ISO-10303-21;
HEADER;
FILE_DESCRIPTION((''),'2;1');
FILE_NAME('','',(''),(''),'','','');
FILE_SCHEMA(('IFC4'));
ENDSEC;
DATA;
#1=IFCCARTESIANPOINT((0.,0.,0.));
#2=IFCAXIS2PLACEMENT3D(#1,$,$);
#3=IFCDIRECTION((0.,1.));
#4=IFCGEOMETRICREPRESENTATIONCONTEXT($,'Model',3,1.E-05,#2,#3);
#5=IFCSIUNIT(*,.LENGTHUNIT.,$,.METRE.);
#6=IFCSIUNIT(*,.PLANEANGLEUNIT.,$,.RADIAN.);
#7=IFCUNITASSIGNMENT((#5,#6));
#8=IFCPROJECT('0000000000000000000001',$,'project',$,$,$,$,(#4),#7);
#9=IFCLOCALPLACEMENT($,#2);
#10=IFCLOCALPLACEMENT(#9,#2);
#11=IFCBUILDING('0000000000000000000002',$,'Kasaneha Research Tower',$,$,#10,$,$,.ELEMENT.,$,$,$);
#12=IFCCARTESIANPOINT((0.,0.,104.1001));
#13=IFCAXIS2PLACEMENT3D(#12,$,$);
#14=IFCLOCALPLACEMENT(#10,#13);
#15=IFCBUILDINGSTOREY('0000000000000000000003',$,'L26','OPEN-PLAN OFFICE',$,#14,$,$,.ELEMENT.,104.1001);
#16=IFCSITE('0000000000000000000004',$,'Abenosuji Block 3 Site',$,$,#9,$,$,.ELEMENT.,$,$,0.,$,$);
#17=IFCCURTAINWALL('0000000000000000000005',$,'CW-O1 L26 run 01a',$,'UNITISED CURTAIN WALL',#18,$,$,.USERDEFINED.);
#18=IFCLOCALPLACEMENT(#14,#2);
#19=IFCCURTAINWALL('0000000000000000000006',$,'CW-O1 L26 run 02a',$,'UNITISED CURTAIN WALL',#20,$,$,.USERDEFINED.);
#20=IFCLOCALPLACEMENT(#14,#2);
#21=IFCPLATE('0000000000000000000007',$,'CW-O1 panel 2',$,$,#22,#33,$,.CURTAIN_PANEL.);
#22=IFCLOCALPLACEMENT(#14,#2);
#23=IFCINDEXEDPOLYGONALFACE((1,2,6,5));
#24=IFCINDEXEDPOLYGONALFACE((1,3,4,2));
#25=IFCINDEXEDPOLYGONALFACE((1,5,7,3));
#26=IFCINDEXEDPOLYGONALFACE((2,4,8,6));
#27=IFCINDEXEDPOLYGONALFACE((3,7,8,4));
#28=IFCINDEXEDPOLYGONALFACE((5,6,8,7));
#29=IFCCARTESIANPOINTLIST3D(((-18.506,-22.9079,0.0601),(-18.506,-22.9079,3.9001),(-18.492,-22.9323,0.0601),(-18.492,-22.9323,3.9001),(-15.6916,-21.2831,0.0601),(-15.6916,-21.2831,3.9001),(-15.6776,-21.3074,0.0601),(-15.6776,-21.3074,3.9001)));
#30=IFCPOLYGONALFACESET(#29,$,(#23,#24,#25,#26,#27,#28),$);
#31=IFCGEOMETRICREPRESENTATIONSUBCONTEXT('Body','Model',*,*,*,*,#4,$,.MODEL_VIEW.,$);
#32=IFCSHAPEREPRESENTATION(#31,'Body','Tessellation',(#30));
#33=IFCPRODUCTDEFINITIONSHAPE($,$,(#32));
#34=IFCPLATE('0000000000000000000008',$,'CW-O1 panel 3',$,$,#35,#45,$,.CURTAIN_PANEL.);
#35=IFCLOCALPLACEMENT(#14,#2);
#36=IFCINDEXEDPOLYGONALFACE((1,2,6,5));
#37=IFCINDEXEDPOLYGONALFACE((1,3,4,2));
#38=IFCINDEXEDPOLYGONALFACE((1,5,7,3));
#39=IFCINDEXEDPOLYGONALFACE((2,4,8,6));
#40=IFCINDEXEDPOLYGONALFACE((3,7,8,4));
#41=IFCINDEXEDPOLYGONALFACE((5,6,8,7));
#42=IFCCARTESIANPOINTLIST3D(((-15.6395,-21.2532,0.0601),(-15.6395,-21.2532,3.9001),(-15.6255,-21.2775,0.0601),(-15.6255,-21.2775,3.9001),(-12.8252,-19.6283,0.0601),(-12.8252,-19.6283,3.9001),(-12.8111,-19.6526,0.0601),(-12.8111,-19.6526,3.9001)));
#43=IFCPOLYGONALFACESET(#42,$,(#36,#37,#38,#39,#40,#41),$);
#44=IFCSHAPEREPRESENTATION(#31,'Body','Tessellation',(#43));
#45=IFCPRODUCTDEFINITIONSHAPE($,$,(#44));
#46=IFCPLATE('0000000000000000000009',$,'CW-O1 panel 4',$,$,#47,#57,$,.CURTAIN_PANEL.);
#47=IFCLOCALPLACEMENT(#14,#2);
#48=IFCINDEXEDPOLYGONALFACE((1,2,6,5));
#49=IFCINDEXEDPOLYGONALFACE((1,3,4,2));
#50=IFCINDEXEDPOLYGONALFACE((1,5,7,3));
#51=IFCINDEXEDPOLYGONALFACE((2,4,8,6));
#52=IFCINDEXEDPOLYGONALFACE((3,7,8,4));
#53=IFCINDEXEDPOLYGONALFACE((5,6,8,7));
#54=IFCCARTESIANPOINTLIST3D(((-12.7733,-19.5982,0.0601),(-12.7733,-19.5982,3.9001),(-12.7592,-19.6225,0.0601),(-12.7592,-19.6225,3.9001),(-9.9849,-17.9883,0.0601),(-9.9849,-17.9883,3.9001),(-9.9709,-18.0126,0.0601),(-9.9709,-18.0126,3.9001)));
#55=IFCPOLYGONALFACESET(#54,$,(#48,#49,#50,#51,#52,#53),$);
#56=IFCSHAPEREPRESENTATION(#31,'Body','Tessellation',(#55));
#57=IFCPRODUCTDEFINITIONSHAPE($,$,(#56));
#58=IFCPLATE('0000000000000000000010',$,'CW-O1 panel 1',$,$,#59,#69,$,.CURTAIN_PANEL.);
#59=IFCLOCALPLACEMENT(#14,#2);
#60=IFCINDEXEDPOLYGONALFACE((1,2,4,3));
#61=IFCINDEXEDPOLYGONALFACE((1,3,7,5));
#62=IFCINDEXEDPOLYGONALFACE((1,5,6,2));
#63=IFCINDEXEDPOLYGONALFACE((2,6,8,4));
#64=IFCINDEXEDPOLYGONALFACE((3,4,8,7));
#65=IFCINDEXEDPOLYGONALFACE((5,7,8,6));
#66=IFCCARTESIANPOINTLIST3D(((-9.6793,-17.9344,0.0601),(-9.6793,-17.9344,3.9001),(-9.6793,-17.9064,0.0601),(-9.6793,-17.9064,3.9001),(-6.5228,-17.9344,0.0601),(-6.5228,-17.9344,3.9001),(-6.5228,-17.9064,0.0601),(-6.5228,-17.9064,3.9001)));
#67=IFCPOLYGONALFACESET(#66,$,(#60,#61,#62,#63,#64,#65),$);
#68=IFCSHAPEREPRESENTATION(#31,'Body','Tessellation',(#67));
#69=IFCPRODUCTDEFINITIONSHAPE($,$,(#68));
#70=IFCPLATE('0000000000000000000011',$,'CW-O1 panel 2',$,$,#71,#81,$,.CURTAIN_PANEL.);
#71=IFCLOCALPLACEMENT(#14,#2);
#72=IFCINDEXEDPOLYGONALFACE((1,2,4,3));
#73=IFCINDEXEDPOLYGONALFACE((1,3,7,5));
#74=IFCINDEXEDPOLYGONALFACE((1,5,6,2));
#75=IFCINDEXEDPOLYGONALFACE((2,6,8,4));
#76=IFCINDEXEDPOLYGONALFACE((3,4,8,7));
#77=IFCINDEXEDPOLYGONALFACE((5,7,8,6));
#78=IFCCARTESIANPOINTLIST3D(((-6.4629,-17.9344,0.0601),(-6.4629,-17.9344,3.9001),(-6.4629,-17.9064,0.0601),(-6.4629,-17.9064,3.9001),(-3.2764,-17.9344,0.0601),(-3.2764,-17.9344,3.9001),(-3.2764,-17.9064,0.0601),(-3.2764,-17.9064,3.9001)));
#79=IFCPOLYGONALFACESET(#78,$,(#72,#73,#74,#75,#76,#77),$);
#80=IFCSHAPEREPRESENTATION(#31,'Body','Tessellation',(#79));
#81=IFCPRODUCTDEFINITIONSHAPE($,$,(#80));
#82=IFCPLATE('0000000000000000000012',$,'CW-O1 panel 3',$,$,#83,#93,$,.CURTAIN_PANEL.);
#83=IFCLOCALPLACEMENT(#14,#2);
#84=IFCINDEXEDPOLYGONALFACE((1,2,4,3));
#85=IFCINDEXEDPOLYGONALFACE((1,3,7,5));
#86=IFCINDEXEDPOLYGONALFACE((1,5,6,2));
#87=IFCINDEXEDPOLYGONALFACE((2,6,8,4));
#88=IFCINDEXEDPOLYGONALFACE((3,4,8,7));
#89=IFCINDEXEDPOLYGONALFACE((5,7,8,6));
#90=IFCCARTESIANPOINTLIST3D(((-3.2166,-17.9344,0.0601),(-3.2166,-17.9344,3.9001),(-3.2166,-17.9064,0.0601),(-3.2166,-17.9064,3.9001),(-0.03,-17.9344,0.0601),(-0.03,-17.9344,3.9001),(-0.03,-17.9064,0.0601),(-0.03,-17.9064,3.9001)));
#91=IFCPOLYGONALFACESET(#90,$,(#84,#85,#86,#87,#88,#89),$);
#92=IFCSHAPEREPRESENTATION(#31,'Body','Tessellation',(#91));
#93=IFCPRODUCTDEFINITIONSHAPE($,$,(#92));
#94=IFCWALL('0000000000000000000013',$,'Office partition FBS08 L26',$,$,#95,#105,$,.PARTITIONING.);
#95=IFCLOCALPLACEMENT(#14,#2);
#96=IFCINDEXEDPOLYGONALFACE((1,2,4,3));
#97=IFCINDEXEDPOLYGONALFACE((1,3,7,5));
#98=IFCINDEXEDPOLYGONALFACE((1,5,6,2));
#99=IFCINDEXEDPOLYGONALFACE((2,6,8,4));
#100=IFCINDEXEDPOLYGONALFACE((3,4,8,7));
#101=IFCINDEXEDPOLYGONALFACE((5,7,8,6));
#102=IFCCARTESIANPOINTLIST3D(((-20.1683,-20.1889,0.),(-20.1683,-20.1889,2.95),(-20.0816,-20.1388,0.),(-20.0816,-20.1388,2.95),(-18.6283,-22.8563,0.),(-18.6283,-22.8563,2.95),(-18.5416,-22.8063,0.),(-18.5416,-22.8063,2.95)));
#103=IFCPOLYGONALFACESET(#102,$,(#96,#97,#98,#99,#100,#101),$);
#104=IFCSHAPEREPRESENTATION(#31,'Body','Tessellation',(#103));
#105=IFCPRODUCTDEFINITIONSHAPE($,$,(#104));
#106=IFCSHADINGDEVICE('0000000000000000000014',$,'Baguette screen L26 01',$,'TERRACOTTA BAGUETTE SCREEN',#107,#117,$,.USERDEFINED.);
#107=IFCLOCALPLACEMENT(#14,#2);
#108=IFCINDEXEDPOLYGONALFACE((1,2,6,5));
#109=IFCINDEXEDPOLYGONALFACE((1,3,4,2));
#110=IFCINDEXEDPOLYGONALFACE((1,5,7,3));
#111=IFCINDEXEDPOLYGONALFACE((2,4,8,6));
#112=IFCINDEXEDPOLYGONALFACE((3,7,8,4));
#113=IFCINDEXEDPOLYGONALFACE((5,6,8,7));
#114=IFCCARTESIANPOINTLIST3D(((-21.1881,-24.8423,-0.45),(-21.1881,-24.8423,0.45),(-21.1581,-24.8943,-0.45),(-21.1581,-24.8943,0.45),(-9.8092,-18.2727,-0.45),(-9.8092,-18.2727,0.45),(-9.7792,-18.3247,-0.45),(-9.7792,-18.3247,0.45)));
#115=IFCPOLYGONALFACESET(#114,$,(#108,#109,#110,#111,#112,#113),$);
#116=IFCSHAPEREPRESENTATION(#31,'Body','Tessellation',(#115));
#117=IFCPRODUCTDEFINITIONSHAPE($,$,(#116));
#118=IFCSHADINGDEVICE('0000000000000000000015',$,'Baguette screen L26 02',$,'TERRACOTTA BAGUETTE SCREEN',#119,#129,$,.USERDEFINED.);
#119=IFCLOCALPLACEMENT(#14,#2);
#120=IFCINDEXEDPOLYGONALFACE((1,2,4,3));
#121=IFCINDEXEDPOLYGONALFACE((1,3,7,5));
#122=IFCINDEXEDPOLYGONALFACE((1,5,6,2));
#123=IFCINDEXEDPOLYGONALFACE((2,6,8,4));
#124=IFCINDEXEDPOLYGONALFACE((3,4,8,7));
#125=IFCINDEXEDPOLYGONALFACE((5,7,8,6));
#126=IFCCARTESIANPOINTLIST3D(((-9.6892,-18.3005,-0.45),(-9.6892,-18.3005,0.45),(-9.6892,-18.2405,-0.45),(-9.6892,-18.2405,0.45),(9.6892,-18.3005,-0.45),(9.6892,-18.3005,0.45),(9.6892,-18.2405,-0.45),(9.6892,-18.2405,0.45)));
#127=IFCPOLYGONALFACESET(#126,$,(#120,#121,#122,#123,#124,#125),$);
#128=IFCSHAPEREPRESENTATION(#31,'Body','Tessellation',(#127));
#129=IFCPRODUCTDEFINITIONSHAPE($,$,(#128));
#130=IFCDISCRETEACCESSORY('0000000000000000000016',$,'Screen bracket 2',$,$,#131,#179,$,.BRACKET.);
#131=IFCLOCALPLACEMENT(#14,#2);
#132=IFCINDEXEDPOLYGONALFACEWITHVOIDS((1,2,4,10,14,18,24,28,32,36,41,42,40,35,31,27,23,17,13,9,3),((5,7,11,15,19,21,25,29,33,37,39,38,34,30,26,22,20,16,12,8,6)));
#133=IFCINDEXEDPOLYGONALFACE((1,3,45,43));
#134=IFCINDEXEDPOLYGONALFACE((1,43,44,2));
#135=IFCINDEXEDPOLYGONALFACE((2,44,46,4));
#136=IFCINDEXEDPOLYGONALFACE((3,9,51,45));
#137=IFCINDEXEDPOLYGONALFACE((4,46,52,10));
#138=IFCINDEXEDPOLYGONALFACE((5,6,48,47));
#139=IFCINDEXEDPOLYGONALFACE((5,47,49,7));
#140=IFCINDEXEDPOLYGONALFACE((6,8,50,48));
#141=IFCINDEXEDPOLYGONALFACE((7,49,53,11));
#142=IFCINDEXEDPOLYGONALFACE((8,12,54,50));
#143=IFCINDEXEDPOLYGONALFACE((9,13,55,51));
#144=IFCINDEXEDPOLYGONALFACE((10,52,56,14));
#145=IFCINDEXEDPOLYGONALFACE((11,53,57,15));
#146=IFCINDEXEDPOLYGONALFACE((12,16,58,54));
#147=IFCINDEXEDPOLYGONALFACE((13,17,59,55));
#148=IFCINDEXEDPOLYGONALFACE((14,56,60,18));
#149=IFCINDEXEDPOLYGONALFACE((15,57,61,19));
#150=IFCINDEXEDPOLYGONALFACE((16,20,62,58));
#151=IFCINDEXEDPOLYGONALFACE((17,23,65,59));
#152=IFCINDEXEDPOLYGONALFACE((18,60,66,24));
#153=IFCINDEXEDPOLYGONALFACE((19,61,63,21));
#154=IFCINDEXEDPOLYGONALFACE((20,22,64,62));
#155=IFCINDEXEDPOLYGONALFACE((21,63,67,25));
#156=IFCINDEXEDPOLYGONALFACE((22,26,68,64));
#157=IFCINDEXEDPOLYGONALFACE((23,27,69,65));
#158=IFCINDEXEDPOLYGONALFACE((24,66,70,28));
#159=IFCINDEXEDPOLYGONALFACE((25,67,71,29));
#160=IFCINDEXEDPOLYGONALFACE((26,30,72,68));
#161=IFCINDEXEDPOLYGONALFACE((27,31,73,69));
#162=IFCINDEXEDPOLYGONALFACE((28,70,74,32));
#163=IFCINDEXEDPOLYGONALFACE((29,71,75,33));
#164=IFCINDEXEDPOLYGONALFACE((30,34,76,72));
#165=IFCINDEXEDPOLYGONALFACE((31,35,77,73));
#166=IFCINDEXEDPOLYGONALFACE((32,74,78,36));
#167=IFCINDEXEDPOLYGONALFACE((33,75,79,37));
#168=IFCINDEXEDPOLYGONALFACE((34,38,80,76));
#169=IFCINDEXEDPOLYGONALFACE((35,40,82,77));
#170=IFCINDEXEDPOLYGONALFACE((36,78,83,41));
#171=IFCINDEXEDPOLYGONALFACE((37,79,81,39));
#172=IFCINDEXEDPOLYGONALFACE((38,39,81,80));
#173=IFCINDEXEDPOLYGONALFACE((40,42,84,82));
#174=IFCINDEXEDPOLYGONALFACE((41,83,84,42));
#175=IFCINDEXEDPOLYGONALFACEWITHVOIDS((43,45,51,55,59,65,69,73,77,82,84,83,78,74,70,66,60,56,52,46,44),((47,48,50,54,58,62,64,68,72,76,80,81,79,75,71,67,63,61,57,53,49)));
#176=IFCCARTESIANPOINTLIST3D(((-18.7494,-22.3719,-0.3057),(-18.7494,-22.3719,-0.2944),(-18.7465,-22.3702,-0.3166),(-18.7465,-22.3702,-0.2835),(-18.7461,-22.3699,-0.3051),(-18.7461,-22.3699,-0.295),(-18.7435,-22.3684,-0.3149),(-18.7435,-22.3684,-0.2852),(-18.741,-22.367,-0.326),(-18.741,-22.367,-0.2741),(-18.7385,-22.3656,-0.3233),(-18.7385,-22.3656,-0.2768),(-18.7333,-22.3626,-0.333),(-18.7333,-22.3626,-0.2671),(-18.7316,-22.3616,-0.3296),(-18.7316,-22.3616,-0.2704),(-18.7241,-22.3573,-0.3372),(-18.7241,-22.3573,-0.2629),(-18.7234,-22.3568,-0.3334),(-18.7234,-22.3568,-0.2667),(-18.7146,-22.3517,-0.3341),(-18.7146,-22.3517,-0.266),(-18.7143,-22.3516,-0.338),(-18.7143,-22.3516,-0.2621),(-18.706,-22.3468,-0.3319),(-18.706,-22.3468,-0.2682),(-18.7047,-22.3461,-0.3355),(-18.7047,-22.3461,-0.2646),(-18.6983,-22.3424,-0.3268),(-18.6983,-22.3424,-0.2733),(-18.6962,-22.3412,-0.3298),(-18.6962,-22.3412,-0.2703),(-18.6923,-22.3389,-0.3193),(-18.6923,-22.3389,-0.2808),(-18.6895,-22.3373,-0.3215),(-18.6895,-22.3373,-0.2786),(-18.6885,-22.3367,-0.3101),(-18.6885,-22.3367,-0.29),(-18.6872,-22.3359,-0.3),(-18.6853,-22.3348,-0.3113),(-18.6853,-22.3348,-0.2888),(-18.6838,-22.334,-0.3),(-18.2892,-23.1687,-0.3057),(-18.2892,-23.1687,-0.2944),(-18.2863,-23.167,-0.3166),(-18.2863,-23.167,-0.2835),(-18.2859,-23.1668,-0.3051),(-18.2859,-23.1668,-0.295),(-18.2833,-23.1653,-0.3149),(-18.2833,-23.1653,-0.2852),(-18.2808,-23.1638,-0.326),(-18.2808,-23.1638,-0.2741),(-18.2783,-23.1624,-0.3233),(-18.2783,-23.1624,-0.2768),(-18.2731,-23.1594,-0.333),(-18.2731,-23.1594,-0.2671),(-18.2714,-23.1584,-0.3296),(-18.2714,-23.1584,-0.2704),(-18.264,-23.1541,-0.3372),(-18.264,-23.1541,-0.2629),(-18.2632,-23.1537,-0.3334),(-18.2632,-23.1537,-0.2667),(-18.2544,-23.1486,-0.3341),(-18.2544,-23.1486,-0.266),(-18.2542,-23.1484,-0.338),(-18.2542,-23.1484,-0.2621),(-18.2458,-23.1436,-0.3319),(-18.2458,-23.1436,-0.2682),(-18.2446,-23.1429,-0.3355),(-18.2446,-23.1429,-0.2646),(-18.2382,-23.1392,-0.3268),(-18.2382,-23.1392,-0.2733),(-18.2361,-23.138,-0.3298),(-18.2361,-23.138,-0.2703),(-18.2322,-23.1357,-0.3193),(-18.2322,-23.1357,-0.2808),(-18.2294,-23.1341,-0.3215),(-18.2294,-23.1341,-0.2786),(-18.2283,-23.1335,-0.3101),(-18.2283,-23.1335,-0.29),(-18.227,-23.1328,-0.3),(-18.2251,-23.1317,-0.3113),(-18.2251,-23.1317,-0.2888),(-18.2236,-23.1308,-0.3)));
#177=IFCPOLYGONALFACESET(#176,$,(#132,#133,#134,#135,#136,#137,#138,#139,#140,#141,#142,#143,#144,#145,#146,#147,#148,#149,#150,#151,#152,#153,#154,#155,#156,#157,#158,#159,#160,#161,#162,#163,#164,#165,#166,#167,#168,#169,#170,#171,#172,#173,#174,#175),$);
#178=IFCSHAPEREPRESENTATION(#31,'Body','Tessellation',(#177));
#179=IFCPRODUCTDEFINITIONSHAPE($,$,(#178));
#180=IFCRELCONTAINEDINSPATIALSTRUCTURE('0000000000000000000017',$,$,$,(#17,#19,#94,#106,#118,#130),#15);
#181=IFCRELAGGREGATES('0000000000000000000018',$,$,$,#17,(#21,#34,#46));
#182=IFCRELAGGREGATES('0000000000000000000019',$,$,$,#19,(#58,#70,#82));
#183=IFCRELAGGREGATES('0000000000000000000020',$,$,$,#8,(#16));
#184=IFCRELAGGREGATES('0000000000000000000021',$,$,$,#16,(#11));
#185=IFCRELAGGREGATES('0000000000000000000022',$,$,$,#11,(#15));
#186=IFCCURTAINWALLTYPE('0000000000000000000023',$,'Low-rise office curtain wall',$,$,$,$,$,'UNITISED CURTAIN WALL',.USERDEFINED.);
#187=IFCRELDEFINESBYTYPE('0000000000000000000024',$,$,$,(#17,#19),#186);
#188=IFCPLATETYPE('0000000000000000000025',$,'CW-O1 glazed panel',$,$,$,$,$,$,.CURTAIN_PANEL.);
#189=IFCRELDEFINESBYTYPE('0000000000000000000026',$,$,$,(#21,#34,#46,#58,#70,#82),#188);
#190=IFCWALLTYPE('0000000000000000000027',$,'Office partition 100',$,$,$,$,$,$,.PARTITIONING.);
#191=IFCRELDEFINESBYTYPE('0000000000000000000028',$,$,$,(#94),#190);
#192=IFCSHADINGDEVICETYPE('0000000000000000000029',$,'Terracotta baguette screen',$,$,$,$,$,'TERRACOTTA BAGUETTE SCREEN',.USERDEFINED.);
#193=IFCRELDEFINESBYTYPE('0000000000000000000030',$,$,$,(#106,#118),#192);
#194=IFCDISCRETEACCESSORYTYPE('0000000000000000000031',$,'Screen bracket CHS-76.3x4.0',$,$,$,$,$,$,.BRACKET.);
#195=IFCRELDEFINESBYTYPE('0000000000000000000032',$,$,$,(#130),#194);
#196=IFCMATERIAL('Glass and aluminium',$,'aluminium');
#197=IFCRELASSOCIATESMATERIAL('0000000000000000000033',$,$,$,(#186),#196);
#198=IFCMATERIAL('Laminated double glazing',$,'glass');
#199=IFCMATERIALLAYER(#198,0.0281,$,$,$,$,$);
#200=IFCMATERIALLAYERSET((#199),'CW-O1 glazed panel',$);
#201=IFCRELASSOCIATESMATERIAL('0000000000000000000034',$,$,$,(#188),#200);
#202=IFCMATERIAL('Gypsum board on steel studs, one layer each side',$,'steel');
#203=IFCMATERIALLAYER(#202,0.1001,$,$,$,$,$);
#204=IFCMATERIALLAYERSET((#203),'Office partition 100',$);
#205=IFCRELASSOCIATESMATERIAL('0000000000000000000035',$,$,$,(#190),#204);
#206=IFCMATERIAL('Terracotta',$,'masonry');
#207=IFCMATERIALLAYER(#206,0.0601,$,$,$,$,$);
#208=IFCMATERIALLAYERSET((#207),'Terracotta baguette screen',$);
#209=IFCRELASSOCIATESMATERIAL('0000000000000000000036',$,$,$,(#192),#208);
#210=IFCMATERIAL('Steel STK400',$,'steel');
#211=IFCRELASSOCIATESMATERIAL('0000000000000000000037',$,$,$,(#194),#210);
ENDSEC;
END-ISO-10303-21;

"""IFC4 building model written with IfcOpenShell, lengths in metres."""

from ifc_helpers import new_model, si_unit, direction, frame, frame_2d, origin, origin_2d, place, context, subcontext, project, spatial, rectangle, hollow_circle, extrude, material, layer, layer_set, material_profile, profile_set, type_object, element, aggregate, save


model = new_model("IFC4")

# Units and contexts
model_context = context("Model", 3, precision=1e-05, world=origin(), true_north=direction((0.0, 1.0)))
body_context = subcontext(model_context, "Body", "Model", "MODEL_VIEW")
ifc_project = project(units=[si_unit("LENGTHUNIT", "METRE"), si_unit("PLANEANGLEUNIT", "RADIAN")], contexts=[model_context])

# Site, building, storey
site_placement = place(None, origin())
site = spatial("IfcSite", under=ifc_project, at=site_placement, Name="Abenosuji Block 3 Site", CompositionType="ELEMENT", RefElevation=0.0)
building_placement = place(site_placement, origin())
building = spatial("IfcBuilding", under=site, at=building_placement, Name="Kasaneha Research Tower", CompositionType="ELEMENT")
storey_placement = place(building_placement, frame((0.0, 0.0, 104.1001)))
storey = spatial("IfcBuildingStorey", under=building, at=storey_placement, Name="L26", Description="OPEN-PLAN OFFICE", CompositionType="ELEMENT", Elevation=104.1001)

# Curtain walls
ifc_material_1 = material(Name="Glass and aluminium", Category="aluminium")
curtain_wall_type = type_object("IfcCurtainWallType", Name="Low-rise office curtain wall", ElementType="UNITISED CURTAIN WALL", PredefinedType="USERDEFINED", material=ifc_material_1)
curtain_wall_1_placement = place(storey_placement, origin())
curtain_wall_1 = element("IfcCurtainWall", 1, at=curtain_wall_1_placement, inside=storey, type_object=curtain_wall_type, Name="CW-O1 L26 run 01a", ObjectType="UNITISED CURTAIN WALL", PredefinedType="USERDEFINED")
curtain_wall_2_placement = place(storey_placement, origin())
curtain_wall_2 = element("IfcCurtainWall", 2, at=curtain_wall_2_placement, inside=storey, type_object=curtain_wall_type, Name="CW-O1 L26 run 02a", ObjectType="UNITISED CURTAIN WALL", PredefinedType="USERDEFINED")

# Plates
ifc_material_2 = material(Name="Laminated double glazing", Category="glass")
ifc_layer_1 = layer(ifc_material_2, 0.0281)
ifc_layer_set_1 = layer_set([ifc_layer_1], Name="CW-O1 glazed panel")
plate_type = type_object("IfcPlateType", Name="CW-O1 glazed panel", PredefinedType="CURTAIN_PANEL", material=ifc_layer_set_1)
plate_1_placement = place(storey_placement, frame((-17.0918, -22.1077, 0.0601), z_axis=(0.0, 0.0, 1.0), x_axis=(0.866025, 0.5, 0.0)))
plate_1 = element("IfcPlate", 3, at=plate_1_placement, type_object=plate_type, Name="CW-O1 panel 2", PredefinedType="CURTAIN_PANEL", context=body_context, shape_type="SweptSolid", body=[
    extrude(rectangle(XDim=3.2498, YDim=0.0281, at=origin_2d()), origin(), (0.0, 0.0, 1.0), 3.8401),
])
plate_2_placement = place(storey_placement, frame((-14.2253, -20.4529, 0.0601), z_axis=(0.0, 0.0, 1.0), x_axis=(0.866025, 0.5, 0.0)))
plate_2 = element("IfcPlate", 4, at=plate_2_placement, type_object=plate_type, Name="CW-O1 panel 3", PredefinedType="CURTAIN_PANEL", context=body_context, shape_type="SweptSolid", body=[
    extrude(rectangle(XDim=3.2498, YDim=0.0281, at=origin_2d()), origin(), (0.0, 0.0, 1.0), 3.8401),
])
plate_3_placement = place(storey_placement, frame((-11.3721, -18.8054, 0.0601), z_axis=(0.0, 0.0, 1.0), x_axis=(0.866025, 0.5, 0.0)))
plate_3 = element("IfcPlate", 5, at=plate_3_placement, type_object=plate_type, Name="CW-O1 panel 4", PredefinedType="CURTAIN_PANEL", context=body_context, shape_type="SweptSolid", body=[
    extrude(rectangle(XDim=3.2197, YDim=0.0281, at=origin_2d()), origin(), (0.0, 0.0, 1.0), 3.8401),
])
aggregate(curtain_wall_1, [plate_1, plate_2, plate_3])
plate_4_placement = place(storey_placement, frame((-8.1011, -17.9204, 0.0601), z_axis=(0.0, 0.0, 1.0), x_axis=(1.0, 0.0, 0.0)))
plate_4 = element("IfcPlate", 6, at=plate_4_placement, type_object=plate_type, Name="CW-O1 panel 1", PredefinedType="CURTAIN_PANEL", context=body_context, shape_type="SweptSolid", body=[
    extrude(rectangle(XDim=3.1565, YDim=0.0281, at=origin_2d()), origin(), (0.0, 0.0, 1.0), 3.8401),
])
plate_5_placement = place(storey_placement, frame((-4.8696, -17.9204, 0.0601), z_axis=(0.0, 0.0, 1.0), x_axis=(1.0, 0.0, 0.0)))
plate_5 = element("IfcPlate", 7, at=plate_5_placement, type_object=plate_type, Name="CW-O1 panel 2", PredefinedType="CURTAIN_PANEL", context=body_context, shape_type="SweptSolid", body=[
    extrude(rectangle(XDim=3.1865, YDim=0.0281, at=origin_2d()), origin(), (0.0, 0.0, 1.0), 3.8401),
])
plate_6_placement = place(storey_placement, frame((-1.6233, -17.9204, 0.0601), z_axis=(0.0, 0.0, 1.0), x_axis=(1.0, 0.0, 0.0)))
plate_6 = element("IfcPlate", 8, at=plate_6_placement, type_object=plate_type, Name="CW-O1 panel 3", PredefinedType="CURTAIN_PANEL", context=body_context, shape_type="SweptSolid", body=[
    extrude(rectangle(XDim=3.1865, YDim=0.0281, at=origin_2d()), origin(), (0.0, 0.0, 1.0), 3.8401),
])
aggregate(curtain_wall_2, [plate_4, plate_5, plate_6])

# Wall
ifc_material_3 = material(Name="Gypsum board on steel studs, one layer each side", Category="steel")
ifc_layer_2 = layer(ifc_material_3, 0.1001)
ifc_layer_set_2 = layer_set([ifc_layer_2], Name="Office partition 100")
wall_type = type_object("IfcWallType", Name="Office partition 100", PredefinedType="PARTITIONING", material=ifc_layer_set_2)
wall_placement = place(storey_placement, frame((-18.585, -22.8313, 0.0), z_axis=(0.0, 0.0, 1.0), x_axis=(-0.499992, 0.86603, 0.0)))
element("IfcWall", 9, at=wall_placement, inside=storey, type_object=wall_type, Name="Office partition FBS08 L26", PredefinedType="PARTITIONING", context=body_context, shape_type="SweptSolid", body=[
    extrude(rectangle(XDim=3.0801, YDim=0.1001, at=frame_2d((1.54, 0.0))), origin(), (0.0, 0.0, 1.0), 2.95),
])

# Shading devices
ifc_material_4 = material(Name="Terracotta", Category="masonry")
ifc_layer_3 = layer(ifc_material_4, 0.0601)
ifc_layer_set_3 = layer_set([ifc_layer_3], Name="Terracotta baguette screen")
shading_device_type = type_object("IfcShadingDeviceType", Name="Terracotta baguette screen", ElementType="TERRACOTTA BAGUETTE SCREEN", PredefinedType="USERDEFINED", material=ifc_layer_set_3)
shading_device_1_placement = place(storey_placement, frame((-15.4836, -21.5835, -0.45), z_axis=(0.0, 0.0, 1.0), x_axis=(0.866025, 0.5, 0.0)))
element("IfcShadingDevice", 10, at=shading_device_1_placement, inside=storey, type_object=shading_device_type, Name="Baguette screen L26 01", ObjectType="TERRACOTTA BAGUETTE SCREEN", PredefinedType="USERDEFINED", context=body_context, shape_type="SweptSolid", body=[
    extrude(rectangle(XDim=13.1392, YDim=0.0601, at=origin_2d()), origin(), (0.0, 0.0, 1.0), 0.8999),
])
shading_device_2_placement = place(storey_placement, frame((0.0, -18.2705, -0.45), z_axis=(0.0, 0.0, 1.0), x_axis=(1.0, 0.0, 0.0)))
element("IfcShadingDevice", 11, at=shading_device_2_placement, inside=storey, type_object=shading_device_type, Name="Baguette screen L26 02", ObjectType="TERRACOTTA BAGUETTE SCREEN", PredefinedType="USERDEFINED", context=body_context, shape_type="SweptSolid", body=[
    extrude(rectangle(XDim=19.3784, YDim=0.0601, at=origin_2d()), origin(), (0.0, 0.0, 1.0), 0.8999),
])

# Discrete accessory
ifc_material_5 = material(Name="Steel STK400", Category="steel")
ifc_material_profile_1 = material_profile(ifc_material_5, hollow_circle(Radius=0.0381, WallThickness=0.0039, at=origin_2d()), Name="CHS-76.3x4.0")
ifc_profile_set_1 = profile_set([ifc_material_profile_1], Name="Steel STK400")
discrete_accessory_type = type_object("IfcDiscreteAccessoryType", Name="Screen bracket CHS-76.3x4.0", PredefinedType="BRACKET", material=ifc_profile_set_1)
discrete_accessory_1_placement = place(storey_placement, frame((-18.7168, -22.353, -0.3), z_axis=(0.500105, -0.865965, 0.0), x_axis=(0.865965, 0.500105, 0.0)))
element("IfcDiscreteAccessory", 12, at=discrete_accessory_1_placement, inside=storey, type_object=discrete_accessory_type, Name="Screen bracket 2", PredefinedType="BRACKET", context=body_context, shape_type="SweptSolid", body=[
    extrude(hollow_circle(Radius=0.0381, WallThickness=0.0039, at=origin_2d()), origin(), (0.0, 0.0, 1.0), 0.9202),
])

save(model, "model.ifc")
